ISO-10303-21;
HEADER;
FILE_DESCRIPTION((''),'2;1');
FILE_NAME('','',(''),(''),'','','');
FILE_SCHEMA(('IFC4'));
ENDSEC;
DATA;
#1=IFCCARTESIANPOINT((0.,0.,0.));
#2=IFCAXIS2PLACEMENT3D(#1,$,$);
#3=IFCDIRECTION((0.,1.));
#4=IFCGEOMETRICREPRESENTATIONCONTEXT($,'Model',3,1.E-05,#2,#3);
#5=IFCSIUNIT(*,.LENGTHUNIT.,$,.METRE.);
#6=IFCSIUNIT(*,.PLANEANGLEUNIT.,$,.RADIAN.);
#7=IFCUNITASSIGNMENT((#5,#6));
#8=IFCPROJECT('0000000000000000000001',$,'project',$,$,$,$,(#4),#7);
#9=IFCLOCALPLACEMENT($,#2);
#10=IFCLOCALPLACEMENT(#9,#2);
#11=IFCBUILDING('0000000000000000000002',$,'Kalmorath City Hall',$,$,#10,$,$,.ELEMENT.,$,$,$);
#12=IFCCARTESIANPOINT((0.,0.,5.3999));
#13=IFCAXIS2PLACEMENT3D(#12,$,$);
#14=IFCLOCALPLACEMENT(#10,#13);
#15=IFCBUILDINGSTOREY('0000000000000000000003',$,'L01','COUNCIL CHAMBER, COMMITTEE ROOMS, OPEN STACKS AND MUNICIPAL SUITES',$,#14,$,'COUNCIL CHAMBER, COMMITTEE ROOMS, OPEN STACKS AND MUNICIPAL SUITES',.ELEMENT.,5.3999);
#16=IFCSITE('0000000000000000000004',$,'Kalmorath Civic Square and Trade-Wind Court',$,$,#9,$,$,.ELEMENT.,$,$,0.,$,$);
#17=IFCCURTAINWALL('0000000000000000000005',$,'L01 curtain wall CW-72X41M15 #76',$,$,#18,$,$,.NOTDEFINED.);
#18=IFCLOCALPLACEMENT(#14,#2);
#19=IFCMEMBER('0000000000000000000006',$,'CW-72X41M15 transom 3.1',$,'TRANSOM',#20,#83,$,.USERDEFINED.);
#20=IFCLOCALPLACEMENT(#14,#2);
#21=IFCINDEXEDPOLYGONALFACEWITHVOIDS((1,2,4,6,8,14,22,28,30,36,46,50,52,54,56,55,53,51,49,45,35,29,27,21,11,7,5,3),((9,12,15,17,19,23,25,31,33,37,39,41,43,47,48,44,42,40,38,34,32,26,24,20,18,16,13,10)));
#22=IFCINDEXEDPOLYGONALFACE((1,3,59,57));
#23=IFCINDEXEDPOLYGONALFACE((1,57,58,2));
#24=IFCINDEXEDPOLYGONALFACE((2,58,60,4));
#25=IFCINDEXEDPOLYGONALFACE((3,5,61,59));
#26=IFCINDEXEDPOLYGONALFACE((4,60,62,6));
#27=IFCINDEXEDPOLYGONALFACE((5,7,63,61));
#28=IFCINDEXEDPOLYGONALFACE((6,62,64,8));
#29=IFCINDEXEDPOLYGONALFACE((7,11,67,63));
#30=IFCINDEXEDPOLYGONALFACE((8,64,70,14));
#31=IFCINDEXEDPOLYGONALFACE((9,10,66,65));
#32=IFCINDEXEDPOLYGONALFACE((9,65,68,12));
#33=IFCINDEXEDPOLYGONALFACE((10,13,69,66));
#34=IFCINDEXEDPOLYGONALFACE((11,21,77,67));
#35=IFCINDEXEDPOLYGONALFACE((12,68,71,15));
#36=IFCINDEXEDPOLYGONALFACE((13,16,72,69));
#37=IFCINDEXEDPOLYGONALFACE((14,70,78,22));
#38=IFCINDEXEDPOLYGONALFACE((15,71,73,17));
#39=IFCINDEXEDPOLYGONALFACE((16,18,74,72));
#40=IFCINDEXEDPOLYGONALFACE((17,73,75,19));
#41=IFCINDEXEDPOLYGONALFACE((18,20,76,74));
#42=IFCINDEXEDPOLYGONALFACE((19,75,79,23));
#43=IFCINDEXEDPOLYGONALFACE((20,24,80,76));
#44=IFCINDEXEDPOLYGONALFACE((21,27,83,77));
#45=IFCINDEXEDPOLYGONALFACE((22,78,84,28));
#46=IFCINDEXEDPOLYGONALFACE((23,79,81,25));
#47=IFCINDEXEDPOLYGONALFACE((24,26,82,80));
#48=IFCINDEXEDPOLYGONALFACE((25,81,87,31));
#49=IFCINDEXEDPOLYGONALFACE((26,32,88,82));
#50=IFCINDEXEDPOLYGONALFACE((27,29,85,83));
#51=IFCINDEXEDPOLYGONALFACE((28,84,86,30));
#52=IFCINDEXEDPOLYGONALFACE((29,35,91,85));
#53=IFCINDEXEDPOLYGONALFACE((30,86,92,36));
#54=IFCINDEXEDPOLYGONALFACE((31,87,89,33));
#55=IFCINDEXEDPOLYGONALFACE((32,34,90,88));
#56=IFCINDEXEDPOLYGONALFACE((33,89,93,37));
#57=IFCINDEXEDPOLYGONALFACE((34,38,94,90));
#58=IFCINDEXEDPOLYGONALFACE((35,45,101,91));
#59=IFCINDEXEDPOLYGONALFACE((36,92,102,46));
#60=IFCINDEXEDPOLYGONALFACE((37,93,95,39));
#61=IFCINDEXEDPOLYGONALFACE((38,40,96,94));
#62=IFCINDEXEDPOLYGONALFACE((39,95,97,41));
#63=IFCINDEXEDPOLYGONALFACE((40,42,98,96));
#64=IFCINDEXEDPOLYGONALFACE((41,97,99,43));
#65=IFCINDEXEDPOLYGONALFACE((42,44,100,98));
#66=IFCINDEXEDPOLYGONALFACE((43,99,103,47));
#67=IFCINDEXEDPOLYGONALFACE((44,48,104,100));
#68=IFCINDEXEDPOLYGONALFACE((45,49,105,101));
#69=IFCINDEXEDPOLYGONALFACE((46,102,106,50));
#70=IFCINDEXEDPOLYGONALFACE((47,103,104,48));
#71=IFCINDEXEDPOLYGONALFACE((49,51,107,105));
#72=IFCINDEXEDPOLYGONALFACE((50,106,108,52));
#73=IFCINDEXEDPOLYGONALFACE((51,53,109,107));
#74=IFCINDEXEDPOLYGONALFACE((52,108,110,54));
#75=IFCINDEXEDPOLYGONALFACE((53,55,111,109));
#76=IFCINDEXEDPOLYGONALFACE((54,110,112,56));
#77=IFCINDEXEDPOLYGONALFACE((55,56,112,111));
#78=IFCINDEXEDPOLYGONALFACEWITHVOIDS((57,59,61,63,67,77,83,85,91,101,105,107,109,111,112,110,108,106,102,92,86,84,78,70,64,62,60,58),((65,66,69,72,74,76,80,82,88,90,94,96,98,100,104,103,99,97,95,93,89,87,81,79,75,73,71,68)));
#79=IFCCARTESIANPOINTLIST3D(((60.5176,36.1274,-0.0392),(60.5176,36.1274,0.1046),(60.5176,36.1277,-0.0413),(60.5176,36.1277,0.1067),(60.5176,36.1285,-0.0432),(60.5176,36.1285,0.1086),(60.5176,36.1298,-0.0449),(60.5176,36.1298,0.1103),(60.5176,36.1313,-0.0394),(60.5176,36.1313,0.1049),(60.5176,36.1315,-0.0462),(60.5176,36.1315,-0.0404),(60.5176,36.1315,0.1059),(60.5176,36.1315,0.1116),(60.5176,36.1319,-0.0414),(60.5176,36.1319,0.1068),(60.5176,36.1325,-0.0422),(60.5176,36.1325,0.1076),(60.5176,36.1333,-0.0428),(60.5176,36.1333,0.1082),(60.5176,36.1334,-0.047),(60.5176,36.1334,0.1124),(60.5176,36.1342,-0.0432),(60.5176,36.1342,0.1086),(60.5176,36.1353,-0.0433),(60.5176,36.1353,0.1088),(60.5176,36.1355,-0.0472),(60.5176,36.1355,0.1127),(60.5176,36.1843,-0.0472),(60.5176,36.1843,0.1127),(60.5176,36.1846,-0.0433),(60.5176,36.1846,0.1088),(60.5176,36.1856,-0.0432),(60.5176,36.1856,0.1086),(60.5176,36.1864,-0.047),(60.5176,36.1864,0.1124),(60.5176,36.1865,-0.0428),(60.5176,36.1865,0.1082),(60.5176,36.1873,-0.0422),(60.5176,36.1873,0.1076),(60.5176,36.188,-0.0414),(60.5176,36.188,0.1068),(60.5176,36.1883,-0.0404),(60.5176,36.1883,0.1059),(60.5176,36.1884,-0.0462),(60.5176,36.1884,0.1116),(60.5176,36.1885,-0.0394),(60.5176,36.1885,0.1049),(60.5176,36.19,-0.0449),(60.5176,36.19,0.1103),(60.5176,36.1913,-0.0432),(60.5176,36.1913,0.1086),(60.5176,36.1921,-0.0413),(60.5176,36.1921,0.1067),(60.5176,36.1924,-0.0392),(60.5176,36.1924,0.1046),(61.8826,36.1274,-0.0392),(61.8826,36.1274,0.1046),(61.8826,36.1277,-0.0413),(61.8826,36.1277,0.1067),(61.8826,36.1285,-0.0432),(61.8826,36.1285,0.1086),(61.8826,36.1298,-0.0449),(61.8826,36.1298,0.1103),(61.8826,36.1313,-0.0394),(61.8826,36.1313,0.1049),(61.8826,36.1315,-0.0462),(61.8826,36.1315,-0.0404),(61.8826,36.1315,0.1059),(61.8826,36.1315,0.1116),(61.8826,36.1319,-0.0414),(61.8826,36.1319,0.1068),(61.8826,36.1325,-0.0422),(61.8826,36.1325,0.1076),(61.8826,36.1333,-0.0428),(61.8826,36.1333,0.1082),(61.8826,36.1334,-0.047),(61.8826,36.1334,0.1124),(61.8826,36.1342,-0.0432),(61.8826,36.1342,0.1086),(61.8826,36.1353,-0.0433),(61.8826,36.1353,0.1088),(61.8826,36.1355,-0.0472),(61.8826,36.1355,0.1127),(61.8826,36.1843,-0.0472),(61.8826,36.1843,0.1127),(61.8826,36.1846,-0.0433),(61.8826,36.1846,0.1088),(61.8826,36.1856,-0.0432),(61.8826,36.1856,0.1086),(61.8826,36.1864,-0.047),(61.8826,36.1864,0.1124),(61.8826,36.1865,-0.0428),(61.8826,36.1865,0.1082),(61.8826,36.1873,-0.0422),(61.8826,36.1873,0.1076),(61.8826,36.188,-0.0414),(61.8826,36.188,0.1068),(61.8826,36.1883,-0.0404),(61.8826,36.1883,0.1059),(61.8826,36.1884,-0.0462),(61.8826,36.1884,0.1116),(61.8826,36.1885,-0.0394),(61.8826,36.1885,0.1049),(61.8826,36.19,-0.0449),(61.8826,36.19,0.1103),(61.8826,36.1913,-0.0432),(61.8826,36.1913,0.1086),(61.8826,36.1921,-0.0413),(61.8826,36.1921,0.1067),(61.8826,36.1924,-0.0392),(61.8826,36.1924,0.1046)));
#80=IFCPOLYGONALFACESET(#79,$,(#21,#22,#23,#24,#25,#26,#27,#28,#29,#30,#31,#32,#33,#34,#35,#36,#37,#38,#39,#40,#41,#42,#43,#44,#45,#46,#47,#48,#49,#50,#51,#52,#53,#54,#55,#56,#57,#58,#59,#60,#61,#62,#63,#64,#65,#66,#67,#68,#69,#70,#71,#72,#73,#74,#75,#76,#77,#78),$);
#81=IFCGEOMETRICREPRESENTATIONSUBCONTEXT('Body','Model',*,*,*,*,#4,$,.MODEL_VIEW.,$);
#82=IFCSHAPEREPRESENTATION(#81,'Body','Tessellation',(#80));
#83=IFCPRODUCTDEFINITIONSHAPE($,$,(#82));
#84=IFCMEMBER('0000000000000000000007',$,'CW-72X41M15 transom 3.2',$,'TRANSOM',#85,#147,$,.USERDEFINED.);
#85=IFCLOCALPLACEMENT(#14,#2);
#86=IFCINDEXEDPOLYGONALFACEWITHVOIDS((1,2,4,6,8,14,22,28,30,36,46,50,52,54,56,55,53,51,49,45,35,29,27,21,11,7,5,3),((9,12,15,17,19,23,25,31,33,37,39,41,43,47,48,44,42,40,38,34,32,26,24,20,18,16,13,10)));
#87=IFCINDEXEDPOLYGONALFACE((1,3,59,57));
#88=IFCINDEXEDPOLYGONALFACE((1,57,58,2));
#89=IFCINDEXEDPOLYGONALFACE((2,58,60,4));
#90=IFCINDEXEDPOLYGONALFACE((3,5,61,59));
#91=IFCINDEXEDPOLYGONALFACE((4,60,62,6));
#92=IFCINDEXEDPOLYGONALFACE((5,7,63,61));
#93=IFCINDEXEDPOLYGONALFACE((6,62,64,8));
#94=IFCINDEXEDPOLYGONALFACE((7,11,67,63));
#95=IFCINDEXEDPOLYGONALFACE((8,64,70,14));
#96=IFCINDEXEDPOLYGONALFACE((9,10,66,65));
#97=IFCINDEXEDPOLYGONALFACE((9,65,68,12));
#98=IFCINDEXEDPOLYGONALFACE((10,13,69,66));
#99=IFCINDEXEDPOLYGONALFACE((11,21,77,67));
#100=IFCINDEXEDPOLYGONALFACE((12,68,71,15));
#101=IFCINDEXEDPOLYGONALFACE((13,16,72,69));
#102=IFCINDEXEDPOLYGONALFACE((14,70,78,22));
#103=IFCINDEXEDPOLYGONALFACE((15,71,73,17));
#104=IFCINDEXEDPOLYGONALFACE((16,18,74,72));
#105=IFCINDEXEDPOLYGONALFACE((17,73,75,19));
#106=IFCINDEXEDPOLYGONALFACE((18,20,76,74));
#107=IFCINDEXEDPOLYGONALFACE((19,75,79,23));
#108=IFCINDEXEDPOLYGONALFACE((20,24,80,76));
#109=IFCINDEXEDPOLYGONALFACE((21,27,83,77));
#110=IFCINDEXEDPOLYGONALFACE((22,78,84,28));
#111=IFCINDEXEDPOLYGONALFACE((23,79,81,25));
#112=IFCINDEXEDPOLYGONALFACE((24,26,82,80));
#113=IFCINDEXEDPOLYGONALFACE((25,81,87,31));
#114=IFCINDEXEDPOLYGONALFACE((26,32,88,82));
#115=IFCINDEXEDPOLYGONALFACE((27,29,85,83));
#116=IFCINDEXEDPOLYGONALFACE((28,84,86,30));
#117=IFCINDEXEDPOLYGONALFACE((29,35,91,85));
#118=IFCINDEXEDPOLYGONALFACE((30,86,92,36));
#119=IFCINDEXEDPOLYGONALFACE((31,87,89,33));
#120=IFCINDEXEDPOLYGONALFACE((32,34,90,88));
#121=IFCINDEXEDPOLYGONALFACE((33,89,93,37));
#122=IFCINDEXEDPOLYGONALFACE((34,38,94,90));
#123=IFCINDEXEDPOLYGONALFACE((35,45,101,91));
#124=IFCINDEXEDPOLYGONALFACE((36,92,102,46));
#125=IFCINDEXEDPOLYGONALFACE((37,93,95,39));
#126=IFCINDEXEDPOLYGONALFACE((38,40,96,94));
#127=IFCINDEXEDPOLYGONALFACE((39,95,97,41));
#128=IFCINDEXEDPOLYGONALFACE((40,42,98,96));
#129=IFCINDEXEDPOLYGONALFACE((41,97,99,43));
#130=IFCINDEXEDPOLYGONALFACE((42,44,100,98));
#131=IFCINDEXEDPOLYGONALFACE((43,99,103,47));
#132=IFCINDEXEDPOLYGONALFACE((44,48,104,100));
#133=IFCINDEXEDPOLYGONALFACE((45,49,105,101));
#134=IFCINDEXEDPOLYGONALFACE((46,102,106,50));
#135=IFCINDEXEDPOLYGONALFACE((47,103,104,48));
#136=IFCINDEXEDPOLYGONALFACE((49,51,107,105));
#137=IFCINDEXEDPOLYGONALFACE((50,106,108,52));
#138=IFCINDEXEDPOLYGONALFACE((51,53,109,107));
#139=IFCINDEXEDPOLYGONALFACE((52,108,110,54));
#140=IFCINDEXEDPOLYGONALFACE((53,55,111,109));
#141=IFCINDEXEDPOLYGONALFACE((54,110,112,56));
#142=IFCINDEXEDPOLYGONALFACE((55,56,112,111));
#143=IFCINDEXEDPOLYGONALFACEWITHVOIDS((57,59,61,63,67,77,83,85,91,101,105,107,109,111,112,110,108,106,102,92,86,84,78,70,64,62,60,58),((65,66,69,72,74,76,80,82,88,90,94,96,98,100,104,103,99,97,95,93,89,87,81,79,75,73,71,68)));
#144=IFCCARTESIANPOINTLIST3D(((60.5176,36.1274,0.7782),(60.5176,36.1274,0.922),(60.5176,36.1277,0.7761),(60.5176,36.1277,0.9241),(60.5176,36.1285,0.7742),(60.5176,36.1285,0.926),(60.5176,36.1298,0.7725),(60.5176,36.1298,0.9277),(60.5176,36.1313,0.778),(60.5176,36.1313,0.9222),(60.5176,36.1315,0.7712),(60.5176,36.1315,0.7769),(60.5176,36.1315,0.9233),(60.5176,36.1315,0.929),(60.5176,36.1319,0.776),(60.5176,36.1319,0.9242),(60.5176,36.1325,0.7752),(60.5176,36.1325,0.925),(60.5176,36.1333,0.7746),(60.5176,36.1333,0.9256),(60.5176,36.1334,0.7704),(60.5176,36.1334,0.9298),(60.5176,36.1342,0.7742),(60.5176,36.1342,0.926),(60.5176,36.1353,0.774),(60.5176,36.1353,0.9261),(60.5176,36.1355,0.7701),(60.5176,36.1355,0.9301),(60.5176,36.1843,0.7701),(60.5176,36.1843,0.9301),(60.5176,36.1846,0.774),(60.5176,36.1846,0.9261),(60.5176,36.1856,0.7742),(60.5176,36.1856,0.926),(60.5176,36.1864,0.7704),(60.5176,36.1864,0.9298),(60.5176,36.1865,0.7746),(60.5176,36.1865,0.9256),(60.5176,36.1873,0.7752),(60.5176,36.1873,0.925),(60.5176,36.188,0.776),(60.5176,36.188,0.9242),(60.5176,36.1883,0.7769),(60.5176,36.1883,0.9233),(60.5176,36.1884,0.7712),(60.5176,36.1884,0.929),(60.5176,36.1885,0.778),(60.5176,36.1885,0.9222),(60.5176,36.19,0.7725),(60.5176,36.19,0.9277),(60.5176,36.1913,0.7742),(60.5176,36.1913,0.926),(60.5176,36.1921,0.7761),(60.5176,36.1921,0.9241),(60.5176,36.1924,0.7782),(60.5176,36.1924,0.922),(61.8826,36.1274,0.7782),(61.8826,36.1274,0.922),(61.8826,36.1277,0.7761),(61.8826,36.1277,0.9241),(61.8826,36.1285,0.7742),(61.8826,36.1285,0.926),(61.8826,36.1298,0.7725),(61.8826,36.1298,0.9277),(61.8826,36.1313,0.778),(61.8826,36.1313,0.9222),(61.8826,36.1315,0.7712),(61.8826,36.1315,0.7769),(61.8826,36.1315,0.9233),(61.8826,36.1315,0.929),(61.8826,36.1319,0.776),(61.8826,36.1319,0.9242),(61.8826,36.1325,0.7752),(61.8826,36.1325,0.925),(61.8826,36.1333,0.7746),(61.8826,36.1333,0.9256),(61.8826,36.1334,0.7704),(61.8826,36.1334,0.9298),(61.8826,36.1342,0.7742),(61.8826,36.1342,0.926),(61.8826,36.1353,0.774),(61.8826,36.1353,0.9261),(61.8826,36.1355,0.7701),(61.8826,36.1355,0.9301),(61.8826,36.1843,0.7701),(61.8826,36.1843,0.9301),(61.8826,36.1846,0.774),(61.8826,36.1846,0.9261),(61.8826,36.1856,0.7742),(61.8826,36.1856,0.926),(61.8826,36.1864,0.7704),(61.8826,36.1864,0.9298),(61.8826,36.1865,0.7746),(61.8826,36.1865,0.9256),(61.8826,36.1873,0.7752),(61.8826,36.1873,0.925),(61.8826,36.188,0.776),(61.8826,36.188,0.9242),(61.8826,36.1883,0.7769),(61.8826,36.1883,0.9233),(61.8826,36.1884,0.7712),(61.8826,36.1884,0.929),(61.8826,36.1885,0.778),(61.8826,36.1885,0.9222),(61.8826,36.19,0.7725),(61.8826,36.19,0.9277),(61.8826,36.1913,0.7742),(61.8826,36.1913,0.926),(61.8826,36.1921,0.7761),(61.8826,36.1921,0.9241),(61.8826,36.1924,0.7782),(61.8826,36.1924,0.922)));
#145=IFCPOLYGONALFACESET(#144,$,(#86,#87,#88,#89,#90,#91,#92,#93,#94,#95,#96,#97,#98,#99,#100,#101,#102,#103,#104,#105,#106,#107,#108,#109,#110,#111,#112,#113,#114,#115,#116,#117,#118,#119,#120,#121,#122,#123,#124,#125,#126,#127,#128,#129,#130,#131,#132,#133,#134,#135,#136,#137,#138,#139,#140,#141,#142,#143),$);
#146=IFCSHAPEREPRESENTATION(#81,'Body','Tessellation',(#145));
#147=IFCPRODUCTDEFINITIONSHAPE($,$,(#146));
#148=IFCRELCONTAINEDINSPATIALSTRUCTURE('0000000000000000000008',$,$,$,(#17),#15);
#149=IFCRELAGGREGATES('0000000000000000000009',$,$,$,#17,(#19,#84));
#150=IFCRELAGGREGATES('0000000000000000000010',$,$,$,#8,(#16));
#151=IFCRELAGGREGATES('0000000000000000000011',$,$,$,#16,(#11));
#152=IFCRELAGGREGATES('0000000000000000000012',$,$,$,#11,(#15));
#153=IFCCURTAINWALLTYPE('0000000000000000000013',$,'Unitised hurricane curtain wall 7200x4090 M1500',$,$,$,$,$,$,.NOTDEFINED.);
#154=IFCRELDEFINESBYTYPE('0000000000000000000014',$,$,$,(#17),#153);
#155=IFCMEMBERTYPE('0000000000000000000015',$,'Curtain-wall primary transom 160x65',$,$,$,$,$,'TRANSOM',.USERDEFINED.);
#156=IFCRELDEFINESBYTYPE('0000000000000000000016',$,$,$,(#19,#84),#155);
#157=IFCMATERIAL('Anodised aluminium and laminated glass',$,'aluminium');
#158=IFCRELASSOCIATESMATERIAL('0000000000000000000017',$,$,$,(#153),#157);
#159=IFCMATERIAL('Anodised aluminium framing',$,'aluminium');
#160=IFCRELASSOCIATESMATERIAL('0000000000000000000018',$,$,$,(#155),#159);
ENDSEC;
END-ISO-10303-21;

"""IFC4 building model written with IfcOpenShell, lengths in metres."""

from ifc_helpers import new_model, si_unit, direction, frame, origin, origin_2d, place, context, subcontext, project, spatial, hollow_rectangle, extrude, material, material_profile, profile_set, type_object, element, aggregate, save


model = new_model("IFC4")

# Units and contexts
model_context = context("Model", 3, precision=1e-05, world=origin(), true_north=direction((0.0, 1.0)))
body_context = subcontext(model_context, "Body", "Model", "MODEL_VIEW")
ifc_project = project(units=[si_unit("LENGTHUNIT", "METRE"), si_unit("PLANEANGLEUNIT", "RADIAN")], contexts=[model_context])

# Site, building, storey
site_placement = place(None, origin())
site = spatial("IfcSite", under=ifc_project, at=site_placement, Name="Kalmorath Civic Square and Trade-Wind Court", CompositionType="ELEMENT", RefElevation=0.0)
building_placement = place(site_placement, origin())
building = spatial("IfcBuilding", under=site, at=building_placement, Name="Kalmorath City Hall", CompositionType="ELEMENT")
storey_placement = place(building_placement, frame((0.0, 0.0, 5.3999)))
storey = spatial("IfcBuildingStorey", under=building, at=storey_placement, Name="L01", Description="COUNCIL CHAMBER, COMMITTEE ROOMS, OPEN STACKS AND MUNICIPAL SUITES", LongName="COUNCIL CHAMBER, COMMITTEE ROOMS, OPEN STACKS AND MUNICIPAL SUITES", CompositionType="ELEMENT", Elevation=5.3999)

# Curtain wall, members
ifc_material_1 = material(Name="Anodised aluminium and laminated glass", Category="aluminium")
curtain_wall_type = type_object("IfcCurtainWallType", Name="Unitised hurricane curtain wall 7200x4090 M1500", PredefinedType="NOTDEFINED", material=ifc_material_1)
curtain_wall_placement = place(storey_placement, origin())
curtain_wall = element("IfcCurtainWall", 1, at=curtain_wall_placement, inside=storey, type_object=curtain_wall_type, Name="L01 curtain wall CW-72X41M15 #76", PredefinedType="NOTDEFINED")
ifc_material_2 = material(Name="Anodised aluminium framing", Category="aluminium")
ifc_material_profile_1 = material_profile(ifc_material_2, hollow_rectangle(XDim=0.0649, YDim=0.1599, WallThickness=0.0039, InnerFilletRadius=0.0039, OuterFilletRadius=0.0081, at=origin_2d()), Name="ALU-TRN-160X65X4")
ifc_profile_set_1 = profile_set([ifc_material_profile_1], Name="Anodised aluminium framing")
member_type_1 = type_object("IfcMemberType", Name="Curtain-wall primary transom 160x65", ElementType="TRANSOM", PredefinedType="USERDEFINED", material=ifc_profile_set_1)
member_1_placement = place(storey_placement, frame((61.8826, 36.1599, 0.0327), z_axis=(-1.0, 0.0, 0.0), x_axis=(0.0, -1.0, 0.0)))
member_1 = element("IfcMember", 2, at=member_1_placement, type_object=member_type_1, Name="CW-72X41M15 transom 3.1", ObjectType="TRANSOM", PredefinedType="USERDEFINED", context=body_context, shape_type="SweptSolid", body=[
    extrude(hollow_rectangle(XDim=0.0649, YDim=0.1599, WallThickness=0.0039, InnerFilletRadius=0.0039, OuterFilletRadius=0.0081, at=origin_2d()), origin(), (0.0, 0.0, 1.0), 1.365),
])
member_2_placement = place(storey_placement, frame((61.8826, 36.1599, 0.8501), z_axis=(-1.0, 0.0, 0.0), x_axis=(0.0, -1.0, 0.0)))
member_2 = element("IfcMember", 3, at=member_2_placement, type_object=member_type_1, Name="CW-72X41M15 transom 3.2", ObjectType="TRANSOM", PredefinedType="USERDEFINED", context=body_context, shape_type="SweptSolid", body=[
    extrude(hollow_rectangle(XDim=0.0649, YDim=0.1599, WallThickness=0.0039, InnerFilletRadius=0.0039, OuterFilletRadius=0.0081, at=origin_2d()), origin(), (0.0, 0.0, 1.0), 1.365),
])
aggregate(curtain_wall, [member_1, member_2])

save(model, "model.ifc")
